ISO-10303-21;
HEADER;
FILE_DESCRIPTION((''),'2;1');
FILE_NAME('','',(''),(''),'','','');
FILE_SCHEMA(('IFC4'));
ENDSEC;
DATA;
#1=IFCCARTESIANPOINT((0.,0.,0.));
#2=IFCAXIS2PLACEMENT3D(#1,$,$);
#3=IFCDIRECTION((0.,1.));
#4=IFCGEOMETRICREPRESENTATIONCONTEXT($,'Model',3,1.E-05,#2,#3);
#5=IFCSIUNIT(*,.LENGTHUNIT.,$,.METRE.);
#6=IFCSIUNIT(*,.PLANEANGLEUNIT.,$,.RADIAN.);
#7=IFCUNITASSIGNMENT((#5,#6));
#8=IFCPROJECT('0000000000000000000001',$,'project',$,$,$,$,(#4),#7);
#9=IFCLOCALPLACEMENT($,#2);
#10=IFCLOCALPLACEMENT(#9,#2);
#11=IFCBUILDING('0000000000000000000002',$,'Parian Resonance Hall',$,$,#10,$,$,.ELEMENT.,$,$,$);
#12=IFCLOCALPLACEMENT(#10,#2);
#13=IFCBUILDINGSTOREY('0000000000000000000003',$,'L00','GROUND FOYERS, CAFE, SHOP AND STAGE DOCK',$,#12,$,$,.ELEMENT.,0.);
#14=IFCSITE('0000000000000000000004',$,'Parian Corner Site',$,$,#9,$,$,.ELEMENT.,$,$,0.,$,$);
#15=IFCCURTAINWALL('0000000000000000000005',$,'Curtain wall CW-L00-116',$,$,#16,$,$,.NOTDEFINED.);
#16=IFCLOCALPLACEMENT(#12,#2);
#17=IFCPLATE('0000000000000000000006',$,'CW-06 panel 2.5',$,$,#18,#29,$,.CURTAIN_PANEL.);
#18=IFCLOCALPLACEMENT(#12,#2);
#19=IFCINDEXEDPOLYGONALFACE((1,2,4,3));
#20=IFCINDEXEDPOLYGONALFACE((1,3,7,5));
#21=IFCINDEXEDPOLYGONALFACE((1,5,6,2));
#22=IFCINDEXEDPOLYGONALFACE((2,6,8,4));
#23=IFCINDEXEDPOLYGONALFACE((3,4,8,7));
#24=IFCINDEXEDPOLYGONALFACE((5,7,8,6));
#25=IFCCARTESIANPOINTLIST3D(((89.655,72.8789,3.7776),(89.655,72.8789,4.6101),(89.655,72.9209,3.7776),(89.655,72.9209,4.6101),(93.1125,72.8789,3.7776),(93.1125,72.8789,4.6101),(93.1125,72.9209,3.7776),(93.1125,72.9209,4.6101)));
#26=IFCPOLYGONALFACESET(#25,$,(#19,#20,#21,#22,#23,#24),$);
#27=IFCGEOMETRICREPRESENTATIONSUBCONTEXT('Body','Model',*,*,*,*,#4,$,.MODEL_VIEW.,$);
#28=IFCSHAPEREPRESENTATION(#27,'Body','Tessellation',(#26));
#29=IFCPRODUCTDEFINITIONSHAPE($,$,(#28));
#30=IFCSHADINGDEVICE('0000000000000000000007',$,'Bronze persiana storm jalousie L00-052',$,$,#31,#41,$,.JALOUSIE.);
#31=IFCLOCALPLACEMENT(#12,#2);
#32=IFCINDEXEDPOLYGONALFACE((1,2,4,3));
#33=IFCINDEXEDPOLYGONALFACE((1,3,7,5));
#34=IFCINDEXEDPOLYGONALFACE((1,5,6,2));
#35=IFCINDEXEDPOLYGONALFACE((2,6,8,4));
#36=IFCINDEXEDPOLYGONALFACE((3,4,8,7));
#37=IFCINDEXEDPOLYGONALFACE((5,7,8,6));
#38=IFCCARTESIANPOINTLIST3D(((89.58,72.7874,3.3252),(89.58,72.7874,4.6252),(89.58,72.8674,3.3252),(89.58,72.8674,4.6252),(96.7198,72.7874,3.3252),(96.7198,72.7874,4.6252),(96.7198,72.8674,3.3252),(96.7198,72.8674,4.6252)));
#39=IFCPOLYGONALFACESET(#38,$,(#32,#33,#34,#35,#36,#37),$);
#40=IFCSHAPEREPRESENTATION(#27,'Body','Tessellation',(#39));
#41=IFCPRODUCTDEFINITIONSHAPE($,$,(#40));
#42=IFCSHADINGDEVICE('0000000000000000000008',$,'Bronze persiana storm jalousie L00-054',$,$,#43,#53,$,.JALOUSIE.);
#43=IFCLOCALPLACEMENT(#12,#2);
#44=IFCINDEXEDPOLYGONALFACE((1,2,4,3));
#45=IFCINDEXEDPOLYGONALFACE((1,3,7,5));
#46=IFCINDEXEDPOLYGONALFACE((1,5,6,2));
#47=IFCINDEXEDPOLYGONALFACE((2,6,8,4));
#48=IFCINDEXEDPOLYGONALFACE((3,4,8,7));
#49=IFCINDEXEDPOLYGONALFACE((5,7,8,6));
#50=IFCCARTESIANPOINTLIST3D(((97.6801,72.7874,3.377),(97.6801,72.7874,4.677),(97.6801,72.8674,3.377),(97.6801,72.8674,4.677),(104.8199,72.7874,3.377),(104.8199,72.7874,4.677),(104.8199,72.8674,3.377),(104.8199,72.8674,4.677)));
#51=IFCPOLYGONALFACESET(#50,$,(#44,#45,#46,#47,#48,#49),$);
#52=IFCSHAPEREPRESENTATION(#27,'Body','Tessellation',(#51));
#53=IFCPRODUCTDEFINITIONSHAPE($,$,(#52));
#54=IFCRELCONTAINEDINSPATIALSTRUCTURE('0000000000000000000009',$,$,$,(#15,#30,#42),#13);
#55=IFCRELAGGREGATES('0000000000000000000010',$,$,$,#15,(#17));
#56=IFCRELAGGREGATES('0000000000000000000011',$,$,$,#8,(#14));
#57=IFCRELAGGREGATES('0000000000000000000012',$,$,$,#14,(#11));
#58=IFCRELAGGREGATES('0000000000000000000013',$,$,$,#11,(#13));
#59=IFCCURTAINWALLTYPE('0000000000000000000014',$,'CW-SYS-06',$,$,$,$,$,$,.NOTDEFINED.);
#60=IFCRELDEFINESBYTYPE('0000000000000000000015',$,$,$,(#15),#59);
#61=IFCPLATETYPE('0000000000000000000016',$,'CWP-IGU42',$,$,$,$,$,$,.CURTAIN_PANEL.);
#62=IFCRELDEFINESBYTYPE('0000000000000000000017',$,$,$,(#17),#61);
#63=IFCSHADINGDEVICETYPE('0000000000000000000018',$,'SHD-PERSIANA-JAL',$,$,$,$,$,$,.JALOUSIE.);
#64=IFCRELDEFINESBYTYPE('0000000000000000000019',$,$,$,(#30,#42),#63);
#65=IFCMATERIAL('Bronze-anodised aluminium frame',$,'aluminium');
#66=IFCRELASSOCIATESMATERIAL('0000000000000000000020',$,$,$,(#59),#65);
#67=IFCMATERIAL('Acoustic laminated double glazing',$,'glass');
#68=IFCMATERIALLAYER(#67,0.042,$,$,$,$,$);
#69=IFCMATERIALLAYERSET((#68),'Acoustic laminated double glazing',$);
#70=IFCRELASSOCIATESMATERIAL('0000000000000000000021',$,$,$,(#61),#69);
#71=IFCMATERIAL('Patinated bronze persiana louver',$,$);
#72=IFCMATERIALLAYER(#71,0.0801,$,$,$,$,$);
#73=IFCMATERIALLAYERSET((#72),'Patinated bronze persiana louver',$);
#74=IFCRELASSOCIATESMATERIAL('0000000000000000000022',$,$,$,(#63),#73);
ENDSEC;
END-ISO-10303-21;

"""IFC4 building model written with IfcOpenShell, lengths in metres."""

from ifc_helpers import new_model, si_unit, direction, frame, origin, origin_2d, place, context, subcontext, project, spatial, rectangle, extrude, material, layer, layer_set, type_object, element, aggregate, save


model = new_model("IFC4")

# Units and contexts
model_context = context("Model", 3, precision=1e-05, world=origin(), true_north=direction((0.0, 1.0)))
body_context = subcontext(model_context, "Body", "Model", "MODEL_VIEW")
ifc_project = project(units=[si_unit("LENGTHUNIT", "METRE"), si_unit("PLANEANGLEUNIT", "RADIAN")], contexts=[model_context])

# Site, building, storey
site_placement = place(None, origin())
site = spatial("IfcSite", under=ifc_project, at=site_placement, Name="Parian Corner Site", CompositionType="ELEMENT", RefElevation=0.0)
building_placement = place(site_placement, origin())
building = spatial("IfcBuilding", under=site, at=building_placement, Name="Parian Resonance Hall", CompositionType="ELEMENT")
storey_placement = place(building_placement, origin())
storey = spatial("IfcBuildingStorey", under=building, at=storey_placement, Name="L00", Description="GROUND FOYERS, CAFE, SHOP AND STAGE DOCK", CompositionType="ELEMENT", Elevation=0.0)

# Curtain wall
ifc_material_1 = material(Name="Bronze-anodised aluminium frame", Category="aluminium")
curtain_wall_type_1 = type_object("IfcCurtainWallType", Name="CW-SYS-06", PredefinedType="NOTDEFINED", material=ifc_material_1)
curtain_wall_1_placement = place(storey_placement, origin())
curtain_wall_1 = element("IfcCurtainWall", 1, at=curtain_wall_1_placement, inside=storey, type_object=curtain_wall_type_1, Name="Curtain wall CW-L00-116", PredefinedType="NOTDEFINED")

# Plate
ifc_material_2 = material(Name="Acoustic laminated double glazing", Category="glass")
ifc_layer_1 = layer(ifc_material_2, 0.042)
ifc_layer_set_1 = layer_set([ifc_layer_1], Name="Acoustic laminated double glazing")
plate_type = type_object("IfcPlateType", Name="CWP-IGU42", PredefinedType="CURTAIN_PANEL", material=ifc_layer_set_1)
plate_1_placement = place(storey_placement, frame((91.3838, 72.8999, 3.7776), z_axis=(0.0, 0.0, 1.0), x_axis=(-1.0, 0.0, 0.0)))
plate_1 = element("IfcPlate", 2, at=plate_1_placement, type_object=plate_type, Name="CW-06 panel 2.5", PredefinedType="CURTAIN_PANEL", context=body_context, shape_type="SweptSolid", body=[
    extrude(rectangle(XDim=3.4575, YDim=0.042, at=origin_2d()), origin(), (0.0, 0.0, 1.0), 0.8325),
])
aggregate(curtain_wall_1, [plate_1])

# Shading devices
ifc_material_3 = material(Name="Patinated bronze persiana louver")
ifc_layer_2 = layer(ifc_material_3, 0.0801)
ifc_layer_set_2 = layer_set([ifc_layer_2], Name="Patinated bronze persiana louver")
shading_device_type = type_object("IfcShadingDeviceType", Name="SHD-PERSIANA-JAL", PredefinedType="JALOUSIE", material=ifc_layer_set_2)
for number, where, z_axis, x_axis, name in (
    (3, (93.1499, 72.8274, 3.3252), (0.0, 0.0, 1.0), (-1.0, 0.0, 0.0), "Bronze persiana storm jalousie L00-052"),
    (4, (101.25, 72.8274, 3.377), (0.0, 0.0, 1.0), (-1.0, 0.0, 0.0), "Bronze persiana storm jalousie L00-054"),
):
    element("IfcShadingDevice", number, at=place(storey_placement, frame(where, z_axis=z_axis, x_axis=x_axis)), inside=storey, type_object=shading_device_type, Name=name, PredefinedType="JALOUSIE", context=body_context, shape_type="SweptSolid", body=[
        extrude(rectangle(XDim=7.1399, YDim=0.0801, at=origin_2d()), origin(), (0.0, 0.0, 1.0), 1.3),
    ])

save(model, "model.ifc")
